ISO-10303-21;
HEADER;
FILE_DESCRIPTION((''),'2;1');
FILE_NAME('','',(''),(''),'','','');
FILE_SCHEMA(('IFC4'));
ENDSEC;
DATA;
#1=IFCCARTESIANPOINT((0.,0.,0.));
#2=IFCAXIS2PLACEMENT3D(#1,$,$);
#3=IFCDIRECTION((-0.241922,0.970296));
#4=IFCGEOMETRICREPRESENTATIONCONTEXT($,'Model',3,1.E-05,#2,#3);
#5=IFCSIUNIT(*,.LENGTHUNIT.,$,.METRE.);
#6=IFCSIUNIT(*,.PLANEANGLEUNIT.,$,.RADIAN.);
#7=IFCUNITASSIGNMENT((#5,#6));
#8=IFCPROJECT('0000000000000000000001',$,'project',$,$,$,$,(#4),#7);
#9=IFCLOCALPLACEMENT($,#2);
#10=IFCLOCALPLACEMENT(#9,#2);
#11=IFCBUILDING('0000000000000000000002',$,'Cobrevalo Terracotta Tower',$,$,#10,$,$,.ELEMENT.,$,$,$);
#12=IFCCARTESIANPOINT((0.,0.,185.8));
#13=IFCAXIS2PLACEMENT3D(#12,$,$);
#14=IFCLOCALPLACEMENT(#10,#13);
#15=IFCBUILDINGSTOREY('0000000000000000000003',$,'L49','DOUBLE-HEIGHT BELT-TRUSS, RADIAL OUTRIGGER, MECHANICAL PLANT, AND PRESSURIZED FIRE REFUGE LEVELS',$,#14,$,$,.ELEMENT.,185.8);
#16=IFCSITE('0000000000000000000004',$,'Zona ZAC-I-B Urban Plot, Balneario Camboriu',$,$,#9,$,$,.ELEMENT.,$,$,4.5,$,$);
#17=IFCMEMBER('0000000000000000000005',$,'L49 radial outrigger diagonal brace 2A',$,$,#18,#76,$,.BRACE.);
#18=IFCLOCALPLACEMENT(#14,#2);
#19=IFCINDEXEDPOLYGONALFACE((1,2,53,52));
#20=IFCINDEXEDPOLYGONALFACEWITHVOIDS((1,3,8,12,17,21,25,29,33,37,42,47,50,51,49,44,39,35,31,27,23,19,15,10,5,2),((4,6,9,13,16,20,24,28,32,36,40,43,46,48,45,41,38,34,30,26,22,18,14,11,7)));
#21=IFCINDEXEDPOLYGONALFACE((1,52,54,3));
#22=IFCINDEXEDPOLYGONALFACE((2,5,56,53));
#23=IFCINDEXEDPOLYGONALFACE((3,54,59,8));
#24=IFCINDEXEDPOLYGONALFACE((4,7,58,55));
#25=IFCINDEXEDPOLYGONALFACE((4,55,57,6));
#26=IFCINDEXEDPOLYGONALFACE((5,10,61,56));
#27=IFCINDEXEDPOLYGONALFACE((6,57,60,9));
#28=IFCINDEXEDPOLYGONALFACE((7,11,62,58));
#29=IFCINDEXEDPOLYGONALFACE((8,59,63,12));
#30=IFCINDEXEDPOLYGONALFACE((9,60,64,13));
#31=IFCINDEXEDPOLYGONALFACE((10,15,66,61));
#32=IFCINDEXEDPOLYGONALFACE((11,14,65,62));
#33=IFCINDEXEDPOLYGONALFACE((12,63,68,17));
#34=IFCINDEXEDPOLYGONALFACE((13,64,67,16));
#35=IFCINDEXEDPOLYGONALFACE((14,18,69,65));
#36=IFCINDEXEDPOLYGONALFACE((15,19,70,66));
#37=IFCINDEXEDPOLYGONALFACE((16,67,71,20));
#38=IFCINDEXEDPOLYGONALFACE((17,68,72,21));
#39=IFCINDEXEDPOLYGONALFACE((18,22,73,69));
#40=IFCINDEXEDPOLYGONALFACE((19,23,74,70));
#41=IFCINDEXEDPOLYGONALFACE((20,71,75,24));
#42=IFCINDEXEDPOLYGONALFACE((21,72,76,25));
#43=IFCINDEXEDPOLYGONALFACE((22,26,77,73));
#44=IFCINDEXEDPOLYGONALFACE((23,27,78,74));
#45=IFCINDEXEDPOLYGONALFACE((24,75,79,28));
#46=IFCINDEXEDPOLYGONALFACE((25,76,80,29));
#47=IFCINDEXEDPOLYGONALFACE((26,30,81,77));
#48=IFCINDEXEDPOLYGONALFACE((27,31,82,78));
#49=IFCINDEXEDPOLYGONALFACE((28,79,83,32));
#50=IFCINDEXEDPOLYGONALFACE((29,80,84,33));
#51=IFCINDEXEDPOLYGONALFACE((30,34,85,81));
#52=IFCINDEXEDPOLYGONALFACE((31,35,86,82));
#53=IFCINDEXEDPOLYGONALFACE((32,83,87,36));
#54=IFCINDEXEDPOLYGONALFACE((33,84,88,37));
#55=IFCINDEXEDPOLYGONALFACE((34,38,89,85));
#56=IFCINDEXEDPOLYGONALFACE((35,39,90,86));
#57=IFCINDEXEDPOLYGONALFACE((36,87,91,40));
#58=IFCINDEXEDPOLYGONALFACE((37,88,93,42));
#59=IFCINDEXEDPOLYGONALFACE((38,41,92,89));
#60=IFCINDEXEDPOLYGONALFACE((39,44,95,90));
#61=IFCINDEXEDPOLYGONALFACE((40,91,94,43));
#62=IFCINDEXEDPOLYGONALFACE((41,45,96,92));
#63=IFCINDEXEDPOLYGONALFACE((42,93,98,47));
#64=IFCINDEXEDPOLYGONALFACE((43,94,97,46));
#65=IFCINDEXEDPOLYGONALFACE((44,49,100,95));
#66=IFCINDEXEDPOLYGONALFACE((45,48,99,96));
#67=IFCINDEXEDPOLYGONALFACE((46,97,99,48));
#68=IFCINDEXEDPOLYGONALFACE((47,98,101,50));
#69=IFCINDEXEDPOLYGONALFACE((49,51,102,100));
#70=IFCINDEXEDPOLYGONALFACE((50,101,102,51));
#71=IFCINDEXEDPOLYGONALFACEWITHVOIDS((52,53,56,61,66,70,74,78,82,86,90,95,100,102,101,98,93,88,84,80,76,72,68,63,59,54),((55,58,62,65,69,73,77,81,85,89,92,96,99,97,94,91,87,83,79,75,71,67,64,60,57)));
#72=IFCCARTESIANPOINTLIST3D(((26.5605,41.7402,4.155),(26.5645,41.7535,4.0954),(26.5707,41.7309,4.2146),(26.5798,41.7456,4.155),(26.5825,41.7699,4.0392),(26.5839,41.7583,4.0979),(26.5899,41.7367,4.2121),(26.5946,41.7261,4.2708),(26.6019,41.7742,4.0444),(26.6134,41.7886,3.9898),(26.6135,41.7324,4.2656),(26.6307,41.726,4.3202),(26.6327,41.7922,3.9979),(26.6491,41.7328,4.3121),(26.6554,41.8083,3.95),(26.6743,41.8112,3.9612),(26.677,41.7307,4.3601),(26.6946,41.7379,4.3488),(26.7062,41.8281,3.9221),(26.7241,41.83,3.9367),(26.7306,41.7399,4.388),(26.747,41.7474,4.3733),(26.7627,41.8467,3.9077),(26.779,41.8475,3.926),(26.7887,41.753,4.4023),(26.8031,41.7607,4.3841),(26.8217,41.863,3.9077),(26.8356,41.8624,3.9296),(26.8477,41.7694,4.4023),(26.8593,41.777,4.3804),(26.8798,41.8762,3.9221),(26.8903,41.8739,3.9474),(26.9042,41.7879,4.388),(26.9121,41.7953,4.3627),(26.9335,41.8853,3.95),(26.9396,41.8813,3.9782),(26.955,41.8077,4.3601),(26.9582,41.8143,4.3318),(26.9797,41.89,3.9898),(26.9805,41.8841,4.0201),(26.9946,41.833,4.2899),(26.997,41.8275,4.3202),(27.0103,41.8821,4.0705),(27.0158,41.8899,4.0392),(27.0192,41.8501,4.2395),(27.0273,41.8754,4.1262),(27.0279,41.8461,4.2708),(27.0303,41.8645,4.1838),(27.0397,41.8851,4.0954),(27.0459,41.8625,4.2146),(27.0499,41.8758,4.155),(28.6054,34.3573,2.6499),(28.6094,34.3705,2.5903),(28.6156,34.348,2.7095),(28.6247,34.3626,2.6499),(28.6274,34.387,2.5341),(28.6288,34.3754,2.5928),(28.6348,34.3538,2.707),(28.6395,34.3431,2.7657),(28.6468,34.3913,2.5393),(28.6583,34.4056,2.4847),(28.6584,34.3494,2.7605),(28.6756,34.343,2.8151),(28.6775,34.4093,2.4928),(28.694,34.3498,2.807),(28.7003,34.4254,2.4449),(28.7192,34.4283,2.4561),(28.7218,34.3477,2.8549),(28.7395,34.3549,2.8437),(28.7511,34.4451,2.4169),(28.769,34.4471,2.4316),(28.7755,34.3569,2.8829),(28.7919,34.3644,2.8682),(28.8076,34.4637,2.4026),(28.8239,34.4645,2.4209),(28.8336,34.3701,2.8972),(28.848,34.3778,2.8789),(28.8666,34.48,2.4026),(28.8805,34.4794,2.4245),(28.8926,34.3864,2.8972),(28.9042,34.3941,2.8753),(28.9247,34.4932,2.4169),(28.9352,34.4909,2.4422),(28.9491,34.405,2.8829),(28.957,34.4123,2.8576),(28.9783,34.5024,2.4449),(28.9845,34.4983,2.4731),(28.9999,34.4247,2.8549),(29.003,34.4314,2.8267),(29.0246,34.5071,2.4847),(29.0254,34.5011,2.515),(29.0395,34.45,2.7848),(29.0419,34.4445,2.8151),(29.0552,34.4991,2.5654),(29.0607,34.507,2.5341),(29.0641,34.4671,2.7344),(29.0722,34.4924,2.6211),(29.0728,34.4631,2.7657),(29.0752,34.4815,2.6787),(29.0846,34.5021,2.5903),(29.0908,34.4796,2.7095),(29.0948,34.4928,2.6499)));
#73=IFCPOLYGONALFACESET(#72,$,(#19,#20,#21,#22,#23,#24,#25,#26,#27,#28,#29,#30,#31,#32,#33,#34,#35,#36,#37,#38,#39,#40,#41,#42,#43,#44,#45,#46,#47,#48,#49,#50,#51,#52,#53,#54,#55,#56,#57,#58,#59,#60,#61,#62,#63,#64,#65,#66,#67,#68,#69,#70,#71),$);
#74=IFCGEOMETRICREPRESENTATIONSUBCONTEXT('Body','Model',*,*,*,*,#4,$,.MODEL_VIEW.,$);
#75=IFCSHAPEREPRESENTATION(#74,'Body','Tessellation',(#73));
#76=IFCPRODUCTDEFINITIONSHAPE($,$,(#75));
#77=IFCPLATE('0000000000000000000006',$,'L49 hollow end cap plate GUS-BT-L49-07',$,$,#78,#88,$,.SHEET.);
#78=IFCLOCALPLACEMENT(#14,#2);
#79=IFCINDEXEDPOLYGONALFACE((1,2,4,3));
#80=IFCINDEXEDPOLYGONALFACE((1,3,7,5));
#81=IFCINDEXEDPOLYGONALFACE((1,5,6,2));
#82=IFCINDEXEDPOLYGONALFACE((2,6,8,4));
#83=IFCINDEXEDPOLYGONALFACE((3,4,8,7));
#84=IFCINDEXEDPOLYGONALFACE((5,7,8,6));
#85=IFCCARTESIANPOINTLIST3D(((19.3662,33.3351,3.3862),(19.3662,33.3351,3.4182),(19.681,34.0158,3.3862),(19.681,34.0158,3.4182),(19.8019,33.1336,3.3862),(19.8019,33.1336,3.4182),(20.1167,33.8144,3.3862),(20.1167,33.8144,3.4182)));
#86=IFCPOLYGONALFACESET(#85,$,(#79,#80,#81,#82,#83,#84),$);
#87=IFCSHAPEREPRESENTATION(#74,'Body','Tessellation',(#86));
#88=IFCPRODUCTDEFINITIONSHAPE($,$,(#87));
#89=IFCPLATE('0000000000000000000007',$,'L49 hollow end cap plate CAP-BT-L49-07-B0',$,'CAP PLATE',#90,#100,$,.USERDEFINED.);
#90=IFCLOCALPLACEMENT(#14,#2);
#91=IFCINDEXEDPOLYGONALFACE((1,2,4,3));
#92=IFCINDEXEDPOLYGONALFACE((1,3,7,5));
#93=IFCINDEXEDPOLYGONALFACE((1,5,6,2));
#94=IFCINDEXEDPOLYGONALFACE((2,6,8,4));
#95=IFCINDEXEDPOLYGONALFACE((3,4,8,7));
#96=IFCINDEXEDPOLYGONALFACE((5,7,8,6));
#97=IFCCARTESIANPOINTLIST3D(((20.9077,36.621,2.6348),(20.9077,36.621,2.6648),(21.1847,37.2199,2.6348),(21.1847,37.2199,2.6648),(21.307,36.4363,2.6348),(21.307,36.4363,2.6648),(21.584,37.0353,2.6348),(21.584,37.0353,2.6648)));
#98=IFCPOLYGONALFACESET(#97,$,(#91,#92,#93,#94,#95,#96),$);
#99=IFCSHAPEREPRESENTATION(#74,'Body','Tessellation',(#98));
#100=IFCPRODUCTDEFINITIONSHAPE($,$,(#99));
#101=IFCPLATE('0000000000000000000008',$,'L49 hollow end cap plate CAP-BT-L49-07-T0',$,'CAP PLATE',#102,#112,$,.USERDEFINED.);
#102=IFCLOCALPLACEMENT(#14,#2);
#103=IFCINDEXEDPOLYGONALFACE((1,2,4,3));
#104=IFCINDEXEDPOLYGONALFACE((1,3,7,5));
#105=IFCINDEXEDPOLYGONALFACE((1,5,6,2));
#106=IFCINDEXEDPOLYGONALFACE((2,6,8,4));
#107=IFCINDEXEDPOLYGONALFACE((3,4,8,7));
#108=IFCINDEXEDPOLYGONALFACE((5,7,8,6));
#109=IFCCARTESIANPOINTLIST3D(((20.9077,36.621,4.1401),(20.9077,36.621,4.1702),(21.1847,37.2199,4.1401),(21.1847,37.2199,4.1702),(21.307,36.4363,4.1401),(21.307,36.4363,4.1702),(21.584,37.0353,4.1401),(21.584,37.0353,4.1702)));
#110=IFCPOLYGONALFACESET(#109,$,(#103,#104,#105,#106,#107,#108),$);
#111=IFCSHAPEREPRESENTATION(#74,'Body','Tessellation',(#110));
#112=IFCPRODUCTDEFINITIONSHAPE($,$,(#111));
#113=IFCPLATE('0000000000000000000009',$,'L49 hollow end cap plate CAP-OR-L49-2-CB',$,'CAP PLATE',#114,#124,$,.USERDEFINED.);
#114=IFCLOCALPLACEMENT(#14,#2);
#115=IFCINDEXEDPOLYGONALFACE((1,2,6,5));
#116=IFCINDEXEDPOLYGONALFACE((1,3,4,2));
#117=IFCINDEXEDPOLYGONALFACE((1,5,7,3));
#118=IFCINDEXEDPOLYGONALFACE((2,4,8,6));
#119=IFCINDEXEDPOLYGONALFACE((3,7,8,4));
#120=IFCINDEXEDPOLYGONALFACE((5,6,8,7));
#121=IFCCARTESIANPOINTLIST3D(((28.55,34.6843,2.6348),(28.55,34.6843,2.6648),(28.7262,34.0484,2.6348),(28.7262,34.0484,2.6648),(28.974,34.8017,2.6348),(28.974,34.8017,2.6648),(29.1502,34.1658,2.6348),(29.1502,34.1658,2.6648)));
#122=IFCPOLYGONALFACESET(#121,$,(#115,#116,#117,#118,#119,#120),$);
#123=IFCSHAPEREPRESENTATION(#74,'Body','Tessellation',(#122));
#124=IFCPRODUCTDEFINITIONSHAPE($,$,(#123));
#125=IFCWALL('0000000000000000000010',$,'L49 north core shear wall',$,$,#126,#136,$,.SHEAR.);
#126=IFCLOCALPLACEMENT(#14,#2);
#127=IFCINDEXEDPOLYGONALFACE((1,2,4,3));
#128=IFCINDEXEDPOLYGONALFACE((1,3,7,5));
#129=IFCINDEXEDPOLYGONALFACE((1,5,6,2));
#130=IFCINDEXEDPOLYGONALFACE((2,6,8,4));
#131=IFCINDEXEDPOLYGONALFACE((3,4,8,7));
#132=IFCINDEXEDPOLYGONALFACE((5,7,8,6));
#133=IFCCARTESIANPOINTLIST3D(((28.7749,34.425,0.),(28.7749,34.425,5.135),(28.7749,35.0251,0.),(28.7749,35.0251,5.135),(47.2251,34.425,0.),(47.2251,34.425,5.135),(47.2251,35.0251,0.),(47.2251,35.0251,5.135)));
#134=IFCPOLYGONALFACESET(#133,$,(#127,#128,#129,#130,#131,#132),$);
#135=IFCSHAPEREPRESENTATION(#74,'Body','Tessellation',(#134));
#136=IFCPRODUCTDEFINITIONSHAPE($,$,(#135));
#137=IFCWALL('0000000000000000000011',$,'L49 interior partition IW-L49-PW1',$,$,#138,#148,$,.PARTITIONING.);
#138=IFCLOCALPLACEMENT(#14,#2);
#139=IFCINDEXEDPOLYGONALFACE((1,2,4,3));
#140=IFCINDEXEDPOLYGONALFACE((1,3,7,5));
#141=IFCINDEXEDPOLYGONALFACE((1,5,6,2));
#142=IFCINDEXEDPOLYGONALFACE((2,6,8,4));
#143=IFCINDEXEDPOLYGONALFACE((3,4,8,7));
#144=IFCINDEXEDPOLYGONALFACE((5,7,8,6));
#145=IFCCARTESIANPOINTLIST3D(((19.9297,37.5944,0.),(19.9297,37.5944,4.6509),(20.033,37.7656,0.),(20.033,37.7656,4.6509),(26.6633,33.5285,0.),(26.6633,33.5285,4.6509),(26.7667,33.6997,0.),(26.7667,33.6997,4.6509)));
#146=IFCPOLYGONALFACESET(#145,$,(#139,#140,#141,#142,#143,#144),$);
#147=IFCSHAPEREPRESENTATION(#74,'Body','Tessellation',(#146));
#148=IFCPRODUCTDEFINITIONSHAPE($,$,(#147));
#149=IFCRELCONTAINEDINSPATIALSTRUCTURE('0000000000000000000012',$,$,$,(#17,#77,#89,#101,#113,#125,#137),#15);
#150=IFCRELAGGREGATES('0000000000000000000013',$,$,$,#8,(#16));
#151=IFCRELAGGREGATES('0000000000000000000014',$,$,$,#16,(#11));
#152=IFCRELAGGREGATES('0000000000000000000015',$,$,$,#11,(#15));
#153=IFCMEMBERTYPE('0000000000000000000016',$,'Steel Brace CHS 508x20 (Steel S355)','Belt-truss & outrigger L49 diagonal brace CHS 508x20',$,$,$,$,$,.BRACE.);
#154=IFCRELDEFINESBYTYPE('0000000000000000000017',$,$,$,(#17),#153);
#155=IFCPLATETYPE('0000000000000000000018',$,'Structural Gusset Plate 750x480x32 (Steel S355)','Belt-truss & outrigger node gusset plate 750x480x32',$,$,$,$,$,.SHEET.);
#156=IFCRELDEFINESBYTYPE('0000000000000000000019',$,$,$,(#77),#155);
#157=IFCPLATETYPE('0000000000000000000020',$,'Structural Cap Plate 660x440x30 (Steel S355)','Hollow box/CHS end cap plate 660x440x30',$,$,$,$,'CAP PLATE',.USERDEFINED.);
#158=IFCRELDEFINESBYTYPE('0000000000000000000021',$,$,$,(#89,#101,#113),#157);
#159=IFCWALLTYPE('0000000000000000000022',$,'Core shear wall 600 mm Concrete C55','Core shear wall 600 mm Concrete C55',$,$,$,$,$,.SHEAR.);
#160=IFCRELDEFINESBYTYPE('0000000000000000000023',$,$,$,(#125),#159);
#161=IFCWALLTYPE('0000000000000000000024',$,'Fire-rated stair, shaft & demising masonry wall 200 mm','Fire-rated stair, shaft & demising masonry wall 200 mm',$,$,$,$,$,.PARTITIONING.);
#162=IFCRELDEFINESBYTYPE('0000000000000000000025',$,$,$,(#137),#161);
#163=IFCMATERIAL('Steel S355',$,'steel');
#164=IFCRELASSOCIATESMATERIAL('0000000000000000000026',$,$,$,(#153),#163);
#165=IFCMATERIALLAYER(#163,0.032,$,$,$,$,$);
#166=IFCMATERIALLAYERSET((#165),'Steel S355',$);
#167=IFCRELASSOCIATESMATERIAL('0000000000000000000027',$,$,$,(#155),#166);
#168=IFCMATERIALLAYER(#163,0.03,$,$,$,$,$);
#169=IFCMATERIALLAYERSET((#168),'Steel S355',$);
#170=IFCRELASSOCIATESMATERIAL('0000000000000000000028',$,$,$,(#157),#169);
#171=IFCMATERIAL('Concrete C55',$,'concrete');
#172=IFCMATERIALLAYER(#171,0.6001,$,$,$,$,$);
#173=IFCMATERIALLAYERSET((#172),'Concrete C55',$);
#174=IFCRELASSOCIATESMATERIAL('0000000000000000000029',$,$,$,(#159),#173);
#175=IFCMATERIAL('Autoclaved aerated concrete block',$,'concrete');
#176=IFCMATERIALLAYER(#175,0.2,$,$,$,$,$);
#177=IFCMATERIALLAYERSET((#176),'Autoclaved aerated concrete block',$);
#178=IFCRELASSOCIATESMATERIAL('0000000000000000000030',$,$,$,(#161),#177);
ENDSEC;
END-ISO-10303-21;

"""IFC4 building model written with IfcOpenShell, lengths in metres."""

from ifc_helpers import new_model, si_unit, direction, frame, frame_2d, origin, origin_2d, place, context, subcontext, project, spatial, rectangle, hollow_circle, extrude, source, transform, mapped, material, layer, layer_set, material_profile, profile_set, type_object, element, save


model = new_model("IFC4")

# Units and contexts
model_context = context("Model", 3, precision=1e-05, world=origin(), true_north=direction((-0.241922, 0.970296)))
body_context = subcontext(model_context, "Body", "Model", "MODEL_VIEW")
ifc_project = project(units=[si_unit("LENGTHUNIT", "METRE"), si_unit("PLANEANGLEUNIT", "RADIAN")], contexts=[model_context])

# Site, building, storey
site_placement = place(None, origin())
site = spatial("IfcSite", under=ifc_project, at=site_placement, Name="Zona ZAC-I-B Urban Plot, Balneario Camboriu", CompositionType="ELEMENT", RefElevation=4.5)
building_placement = place(site_placement, origin())
building = spatial("IfcBuilding", under=site, at=building_placement, Name="Cobrevalo Terracotta Tower", CompositionType="ELEMENT")
storey_placement = place(building_placement, frame((0.0, 0.0, 185.8)))
storey = spatial("IfcBuildingStorey", under=building, at=storey_placement, Name="L49", Description="DOUBLE-HEIGHT BELT-TRUSS, RADIAL OUTRIGGER, MECHANICAL PLANT, AND PRESSURIZED FIRE REFUGE LEVELS", CompositionType="ELEMENT", Elevation=185.8)

# Shared definitions
ifc_material_1 = material(Name="Steel S355", Category="steel")

# Member
ifc_material_profile_1 = material_profile(ifc_material_1, hollow_circle(Radius=0.2539, WallThickness=0.02, at=origin_2d()), Name="CHS 508x20")
ifc_profile_set_1 = profile_set([ifc_material_profile_1], Name="Steel S355")
member_type_1 = type_object("IfcMemberType", Name="Steel Brace CHS 508x20 (Steel S355)", Description="Belt-truss & outrigger L49 diagonal brace CHS 508x20", PredefinedType="BRACE", material=ifc_profile_set_1)
shared_shape_1 = source(origin(), body_context, "Body", "SweptSolid", [
    extrude(hollow_circle(Radius=0.2539, WallThickness=0.02, at=origin_2d()), origin(), (0.0, 0.0, 1.0), 7.8074),
])
member_1_placement = place(storey_placement, frame((28.8501, 34.425, 2.6499), z_axis=(-0.261919, 0.94564, 0.19278), x_axis=(-0.963717, -0.266926, 0.0)))
element("IfcMember", 1, at=member_1_placement, inside=storey, type_object=member_type_1, Name="L49 radial outrigger diagonal brace 2A", PredefinedType="BRACE", context=body_context, shape_type="MappedRepresentation", body=[
    mapped(shared_shape_1, transform((0.0, 0.0, 0.0), scale=1.0)),
])

# Plates
ifc_layer_1 = layer(ifc_material_1, 0.032)
ifc_layer_set_1 = layer_set([ifc_layer_1], Name="Steel S355")
plate_type_1 = type_object("IfcPlateType", Name="Structural Gusset Plate 750x480x32 (Steel S355)", Description="Belt-truss & outrigger node gusset plate 750x480x32", PredefinedType="SHEET", material=ifc_layer_set_1)
shared_shape_2 = source(origin(), body_context, "Body", "SweptSolid", [
    extrude(rectangle(XDim=0.75, YDim=0.48, at=origin_2d()), origin(), (0.0, 0.0, 1.0), 0.032),
])
plate_placement = place(storey_placement, frame((19.7415, 33.5747, 3.3862), z_axis=(0.0, 0.0, 1.0), x_axis=(-0.419706, -0.90766, 0.0)))
element("IfcPlate", 2, at=plate_placement, inside=storey, type_object=plate_type_1, Name="L49 hollow end cap plate GUS-BT-L49-07", PredefinedType="SHEET", context=body_context, shape_type="MappedRepresentation", body=[
    mapped(shared_shape_2, transform((0.0, 0.0, 0.0), scale=1.0)),
])
ifc_layer_2 = layer(ifc_material_1, 0.03)
ifc_layer_set_2 = layer_set([ifc_layer_2], Name="Steel S355")
plate_type_2 = type_object("IfcPlateType", Name="Structural Cap Plate 660x440x30 (Steel S355)", Description="Hollow box/CHS end cap plate 660x440x30", ElementType="CAP PLATE", PredefinedType="USERDEFINED", material=ifc_layer_set_2)
shared_shape_3 = source(origin(), body_context, "Body", "SweptSolid", [
    extrude(rectangle(XDim=0.6599, YDim=0.4399, at=origin_2d()), origin(), (0.0, 0.0, 1.0), 0.03),
])
for number, where, z_axis, x_axis, name in (
    (3, (21.2458, 36.8281, 2.6348), (0.0, 0.0, 1.0), (-0.419706, -0.90766, 0.0), "L49 hollow end cap plate CAP-BT-L49-07-B0"),
    (4, (21.2458, 36.8281, 4.1401), (0.0, 0.0, 1.0), (-0.419706, -0.90766, 0.0), "L49 hollow end cap plate CAP-BT-L49-07-T0"),
    (5, (28.8501, 34.425, 2.6348), (0.0, 0.0, 1.0), (-0.266904, 0.963723, 0.0), "L49 hollow end cap plate CAP-OR-L49-2-CB"),
):
    element("IfcPlate", number, at=place(storey_placement, frame(where, z_axis=z_axis, x_axis=x_axis)), inside=storey, type_object=plate_type_2, Name=name, ObjectType="CAP PLATE", PredefinedType="USERDEFINED", context=body_context, shape_type="MappedRepresentation", body=[
        mapped(shared_shape_3, transform((0.0, 0.0, 0.0), scale=1.0)),
    ])

# Walls
ifc_material_2 = material(Name="Concrete C55", Category="concrete")
ifc_layer_3 = layer(ifc_material_2, 0.6001)
ifc_layer_set_3 = layer_set([ifc_layer_3], Name="Concrete C55")
wall_type_1 = type_object("IfcWallType", Name="Core shear wall 600 mm Concrete C55", Description="Core shear wall 600 mm Concrete C55", PredefinedType="SHEAR", material=ifc_layer_set_3)
wall_1_placement = place(storey_placement, frame((28.7749, 34.7251, 0.0), z_axis=(0.0, 0.0, 1.0), x_axis=(1.0, 0.0, 0.0)))
element("IfcWall", 6, at=wall_1_placement, inside=storey, type_object=wall_type_1, Name="L49 north core shear wall", PredefinedType="SHEAR", context=body_context, shape_type="SweptSolid", body=[
    extrude(rectangle(XDim=18.4502, YDim=0.6001, at=frame_2d((9.2251, 0.0))), origin(), (0.0, 0.0, 1.0), 5.135),
])
ifc_material_3 = material(Name="Autoclaved aerated concrete block", Category="concrete")
ifc_layer_4 = layer(ifc_material_3, 0.2)
ifc_layer_set_4 = layer_set([ifc_layer_4], Name="Autoclaved aerated concrete block")
wall_type_2 = type_object("IfcWallType", Name="Fire-rated stair, shaft & demising masonry wall 200 mm", Description="Fire-rated stair, shaft & demising masonry wall 200 mm", PredefinedType="PARTITIONING", material=ifc_layer_set_4)
wall_2_placement = place(storey_placement, frame((26.7151, 33.614, 0.0), z_axis=(0.0, 0.0, 1.0), x_axis=(-0.856046, 0.516899, 0.0)))
element("IfcWall", 7, at=wall_2_placement, inside=storey, type_object=wall_type_2, Name="L49 interior partition IW-L49-PW1", PredefinedType="PARTITIONING", context=body_context, shape_type="SweptSolid", body=[
    extrude(rectangle(XDim=7.866, YDim=0.2, at=frame_2d((3.9331, 0.0))), origin(), (0.0, 0.0, 1.0), 4.6509),
])

save(model, "model.ifc")
